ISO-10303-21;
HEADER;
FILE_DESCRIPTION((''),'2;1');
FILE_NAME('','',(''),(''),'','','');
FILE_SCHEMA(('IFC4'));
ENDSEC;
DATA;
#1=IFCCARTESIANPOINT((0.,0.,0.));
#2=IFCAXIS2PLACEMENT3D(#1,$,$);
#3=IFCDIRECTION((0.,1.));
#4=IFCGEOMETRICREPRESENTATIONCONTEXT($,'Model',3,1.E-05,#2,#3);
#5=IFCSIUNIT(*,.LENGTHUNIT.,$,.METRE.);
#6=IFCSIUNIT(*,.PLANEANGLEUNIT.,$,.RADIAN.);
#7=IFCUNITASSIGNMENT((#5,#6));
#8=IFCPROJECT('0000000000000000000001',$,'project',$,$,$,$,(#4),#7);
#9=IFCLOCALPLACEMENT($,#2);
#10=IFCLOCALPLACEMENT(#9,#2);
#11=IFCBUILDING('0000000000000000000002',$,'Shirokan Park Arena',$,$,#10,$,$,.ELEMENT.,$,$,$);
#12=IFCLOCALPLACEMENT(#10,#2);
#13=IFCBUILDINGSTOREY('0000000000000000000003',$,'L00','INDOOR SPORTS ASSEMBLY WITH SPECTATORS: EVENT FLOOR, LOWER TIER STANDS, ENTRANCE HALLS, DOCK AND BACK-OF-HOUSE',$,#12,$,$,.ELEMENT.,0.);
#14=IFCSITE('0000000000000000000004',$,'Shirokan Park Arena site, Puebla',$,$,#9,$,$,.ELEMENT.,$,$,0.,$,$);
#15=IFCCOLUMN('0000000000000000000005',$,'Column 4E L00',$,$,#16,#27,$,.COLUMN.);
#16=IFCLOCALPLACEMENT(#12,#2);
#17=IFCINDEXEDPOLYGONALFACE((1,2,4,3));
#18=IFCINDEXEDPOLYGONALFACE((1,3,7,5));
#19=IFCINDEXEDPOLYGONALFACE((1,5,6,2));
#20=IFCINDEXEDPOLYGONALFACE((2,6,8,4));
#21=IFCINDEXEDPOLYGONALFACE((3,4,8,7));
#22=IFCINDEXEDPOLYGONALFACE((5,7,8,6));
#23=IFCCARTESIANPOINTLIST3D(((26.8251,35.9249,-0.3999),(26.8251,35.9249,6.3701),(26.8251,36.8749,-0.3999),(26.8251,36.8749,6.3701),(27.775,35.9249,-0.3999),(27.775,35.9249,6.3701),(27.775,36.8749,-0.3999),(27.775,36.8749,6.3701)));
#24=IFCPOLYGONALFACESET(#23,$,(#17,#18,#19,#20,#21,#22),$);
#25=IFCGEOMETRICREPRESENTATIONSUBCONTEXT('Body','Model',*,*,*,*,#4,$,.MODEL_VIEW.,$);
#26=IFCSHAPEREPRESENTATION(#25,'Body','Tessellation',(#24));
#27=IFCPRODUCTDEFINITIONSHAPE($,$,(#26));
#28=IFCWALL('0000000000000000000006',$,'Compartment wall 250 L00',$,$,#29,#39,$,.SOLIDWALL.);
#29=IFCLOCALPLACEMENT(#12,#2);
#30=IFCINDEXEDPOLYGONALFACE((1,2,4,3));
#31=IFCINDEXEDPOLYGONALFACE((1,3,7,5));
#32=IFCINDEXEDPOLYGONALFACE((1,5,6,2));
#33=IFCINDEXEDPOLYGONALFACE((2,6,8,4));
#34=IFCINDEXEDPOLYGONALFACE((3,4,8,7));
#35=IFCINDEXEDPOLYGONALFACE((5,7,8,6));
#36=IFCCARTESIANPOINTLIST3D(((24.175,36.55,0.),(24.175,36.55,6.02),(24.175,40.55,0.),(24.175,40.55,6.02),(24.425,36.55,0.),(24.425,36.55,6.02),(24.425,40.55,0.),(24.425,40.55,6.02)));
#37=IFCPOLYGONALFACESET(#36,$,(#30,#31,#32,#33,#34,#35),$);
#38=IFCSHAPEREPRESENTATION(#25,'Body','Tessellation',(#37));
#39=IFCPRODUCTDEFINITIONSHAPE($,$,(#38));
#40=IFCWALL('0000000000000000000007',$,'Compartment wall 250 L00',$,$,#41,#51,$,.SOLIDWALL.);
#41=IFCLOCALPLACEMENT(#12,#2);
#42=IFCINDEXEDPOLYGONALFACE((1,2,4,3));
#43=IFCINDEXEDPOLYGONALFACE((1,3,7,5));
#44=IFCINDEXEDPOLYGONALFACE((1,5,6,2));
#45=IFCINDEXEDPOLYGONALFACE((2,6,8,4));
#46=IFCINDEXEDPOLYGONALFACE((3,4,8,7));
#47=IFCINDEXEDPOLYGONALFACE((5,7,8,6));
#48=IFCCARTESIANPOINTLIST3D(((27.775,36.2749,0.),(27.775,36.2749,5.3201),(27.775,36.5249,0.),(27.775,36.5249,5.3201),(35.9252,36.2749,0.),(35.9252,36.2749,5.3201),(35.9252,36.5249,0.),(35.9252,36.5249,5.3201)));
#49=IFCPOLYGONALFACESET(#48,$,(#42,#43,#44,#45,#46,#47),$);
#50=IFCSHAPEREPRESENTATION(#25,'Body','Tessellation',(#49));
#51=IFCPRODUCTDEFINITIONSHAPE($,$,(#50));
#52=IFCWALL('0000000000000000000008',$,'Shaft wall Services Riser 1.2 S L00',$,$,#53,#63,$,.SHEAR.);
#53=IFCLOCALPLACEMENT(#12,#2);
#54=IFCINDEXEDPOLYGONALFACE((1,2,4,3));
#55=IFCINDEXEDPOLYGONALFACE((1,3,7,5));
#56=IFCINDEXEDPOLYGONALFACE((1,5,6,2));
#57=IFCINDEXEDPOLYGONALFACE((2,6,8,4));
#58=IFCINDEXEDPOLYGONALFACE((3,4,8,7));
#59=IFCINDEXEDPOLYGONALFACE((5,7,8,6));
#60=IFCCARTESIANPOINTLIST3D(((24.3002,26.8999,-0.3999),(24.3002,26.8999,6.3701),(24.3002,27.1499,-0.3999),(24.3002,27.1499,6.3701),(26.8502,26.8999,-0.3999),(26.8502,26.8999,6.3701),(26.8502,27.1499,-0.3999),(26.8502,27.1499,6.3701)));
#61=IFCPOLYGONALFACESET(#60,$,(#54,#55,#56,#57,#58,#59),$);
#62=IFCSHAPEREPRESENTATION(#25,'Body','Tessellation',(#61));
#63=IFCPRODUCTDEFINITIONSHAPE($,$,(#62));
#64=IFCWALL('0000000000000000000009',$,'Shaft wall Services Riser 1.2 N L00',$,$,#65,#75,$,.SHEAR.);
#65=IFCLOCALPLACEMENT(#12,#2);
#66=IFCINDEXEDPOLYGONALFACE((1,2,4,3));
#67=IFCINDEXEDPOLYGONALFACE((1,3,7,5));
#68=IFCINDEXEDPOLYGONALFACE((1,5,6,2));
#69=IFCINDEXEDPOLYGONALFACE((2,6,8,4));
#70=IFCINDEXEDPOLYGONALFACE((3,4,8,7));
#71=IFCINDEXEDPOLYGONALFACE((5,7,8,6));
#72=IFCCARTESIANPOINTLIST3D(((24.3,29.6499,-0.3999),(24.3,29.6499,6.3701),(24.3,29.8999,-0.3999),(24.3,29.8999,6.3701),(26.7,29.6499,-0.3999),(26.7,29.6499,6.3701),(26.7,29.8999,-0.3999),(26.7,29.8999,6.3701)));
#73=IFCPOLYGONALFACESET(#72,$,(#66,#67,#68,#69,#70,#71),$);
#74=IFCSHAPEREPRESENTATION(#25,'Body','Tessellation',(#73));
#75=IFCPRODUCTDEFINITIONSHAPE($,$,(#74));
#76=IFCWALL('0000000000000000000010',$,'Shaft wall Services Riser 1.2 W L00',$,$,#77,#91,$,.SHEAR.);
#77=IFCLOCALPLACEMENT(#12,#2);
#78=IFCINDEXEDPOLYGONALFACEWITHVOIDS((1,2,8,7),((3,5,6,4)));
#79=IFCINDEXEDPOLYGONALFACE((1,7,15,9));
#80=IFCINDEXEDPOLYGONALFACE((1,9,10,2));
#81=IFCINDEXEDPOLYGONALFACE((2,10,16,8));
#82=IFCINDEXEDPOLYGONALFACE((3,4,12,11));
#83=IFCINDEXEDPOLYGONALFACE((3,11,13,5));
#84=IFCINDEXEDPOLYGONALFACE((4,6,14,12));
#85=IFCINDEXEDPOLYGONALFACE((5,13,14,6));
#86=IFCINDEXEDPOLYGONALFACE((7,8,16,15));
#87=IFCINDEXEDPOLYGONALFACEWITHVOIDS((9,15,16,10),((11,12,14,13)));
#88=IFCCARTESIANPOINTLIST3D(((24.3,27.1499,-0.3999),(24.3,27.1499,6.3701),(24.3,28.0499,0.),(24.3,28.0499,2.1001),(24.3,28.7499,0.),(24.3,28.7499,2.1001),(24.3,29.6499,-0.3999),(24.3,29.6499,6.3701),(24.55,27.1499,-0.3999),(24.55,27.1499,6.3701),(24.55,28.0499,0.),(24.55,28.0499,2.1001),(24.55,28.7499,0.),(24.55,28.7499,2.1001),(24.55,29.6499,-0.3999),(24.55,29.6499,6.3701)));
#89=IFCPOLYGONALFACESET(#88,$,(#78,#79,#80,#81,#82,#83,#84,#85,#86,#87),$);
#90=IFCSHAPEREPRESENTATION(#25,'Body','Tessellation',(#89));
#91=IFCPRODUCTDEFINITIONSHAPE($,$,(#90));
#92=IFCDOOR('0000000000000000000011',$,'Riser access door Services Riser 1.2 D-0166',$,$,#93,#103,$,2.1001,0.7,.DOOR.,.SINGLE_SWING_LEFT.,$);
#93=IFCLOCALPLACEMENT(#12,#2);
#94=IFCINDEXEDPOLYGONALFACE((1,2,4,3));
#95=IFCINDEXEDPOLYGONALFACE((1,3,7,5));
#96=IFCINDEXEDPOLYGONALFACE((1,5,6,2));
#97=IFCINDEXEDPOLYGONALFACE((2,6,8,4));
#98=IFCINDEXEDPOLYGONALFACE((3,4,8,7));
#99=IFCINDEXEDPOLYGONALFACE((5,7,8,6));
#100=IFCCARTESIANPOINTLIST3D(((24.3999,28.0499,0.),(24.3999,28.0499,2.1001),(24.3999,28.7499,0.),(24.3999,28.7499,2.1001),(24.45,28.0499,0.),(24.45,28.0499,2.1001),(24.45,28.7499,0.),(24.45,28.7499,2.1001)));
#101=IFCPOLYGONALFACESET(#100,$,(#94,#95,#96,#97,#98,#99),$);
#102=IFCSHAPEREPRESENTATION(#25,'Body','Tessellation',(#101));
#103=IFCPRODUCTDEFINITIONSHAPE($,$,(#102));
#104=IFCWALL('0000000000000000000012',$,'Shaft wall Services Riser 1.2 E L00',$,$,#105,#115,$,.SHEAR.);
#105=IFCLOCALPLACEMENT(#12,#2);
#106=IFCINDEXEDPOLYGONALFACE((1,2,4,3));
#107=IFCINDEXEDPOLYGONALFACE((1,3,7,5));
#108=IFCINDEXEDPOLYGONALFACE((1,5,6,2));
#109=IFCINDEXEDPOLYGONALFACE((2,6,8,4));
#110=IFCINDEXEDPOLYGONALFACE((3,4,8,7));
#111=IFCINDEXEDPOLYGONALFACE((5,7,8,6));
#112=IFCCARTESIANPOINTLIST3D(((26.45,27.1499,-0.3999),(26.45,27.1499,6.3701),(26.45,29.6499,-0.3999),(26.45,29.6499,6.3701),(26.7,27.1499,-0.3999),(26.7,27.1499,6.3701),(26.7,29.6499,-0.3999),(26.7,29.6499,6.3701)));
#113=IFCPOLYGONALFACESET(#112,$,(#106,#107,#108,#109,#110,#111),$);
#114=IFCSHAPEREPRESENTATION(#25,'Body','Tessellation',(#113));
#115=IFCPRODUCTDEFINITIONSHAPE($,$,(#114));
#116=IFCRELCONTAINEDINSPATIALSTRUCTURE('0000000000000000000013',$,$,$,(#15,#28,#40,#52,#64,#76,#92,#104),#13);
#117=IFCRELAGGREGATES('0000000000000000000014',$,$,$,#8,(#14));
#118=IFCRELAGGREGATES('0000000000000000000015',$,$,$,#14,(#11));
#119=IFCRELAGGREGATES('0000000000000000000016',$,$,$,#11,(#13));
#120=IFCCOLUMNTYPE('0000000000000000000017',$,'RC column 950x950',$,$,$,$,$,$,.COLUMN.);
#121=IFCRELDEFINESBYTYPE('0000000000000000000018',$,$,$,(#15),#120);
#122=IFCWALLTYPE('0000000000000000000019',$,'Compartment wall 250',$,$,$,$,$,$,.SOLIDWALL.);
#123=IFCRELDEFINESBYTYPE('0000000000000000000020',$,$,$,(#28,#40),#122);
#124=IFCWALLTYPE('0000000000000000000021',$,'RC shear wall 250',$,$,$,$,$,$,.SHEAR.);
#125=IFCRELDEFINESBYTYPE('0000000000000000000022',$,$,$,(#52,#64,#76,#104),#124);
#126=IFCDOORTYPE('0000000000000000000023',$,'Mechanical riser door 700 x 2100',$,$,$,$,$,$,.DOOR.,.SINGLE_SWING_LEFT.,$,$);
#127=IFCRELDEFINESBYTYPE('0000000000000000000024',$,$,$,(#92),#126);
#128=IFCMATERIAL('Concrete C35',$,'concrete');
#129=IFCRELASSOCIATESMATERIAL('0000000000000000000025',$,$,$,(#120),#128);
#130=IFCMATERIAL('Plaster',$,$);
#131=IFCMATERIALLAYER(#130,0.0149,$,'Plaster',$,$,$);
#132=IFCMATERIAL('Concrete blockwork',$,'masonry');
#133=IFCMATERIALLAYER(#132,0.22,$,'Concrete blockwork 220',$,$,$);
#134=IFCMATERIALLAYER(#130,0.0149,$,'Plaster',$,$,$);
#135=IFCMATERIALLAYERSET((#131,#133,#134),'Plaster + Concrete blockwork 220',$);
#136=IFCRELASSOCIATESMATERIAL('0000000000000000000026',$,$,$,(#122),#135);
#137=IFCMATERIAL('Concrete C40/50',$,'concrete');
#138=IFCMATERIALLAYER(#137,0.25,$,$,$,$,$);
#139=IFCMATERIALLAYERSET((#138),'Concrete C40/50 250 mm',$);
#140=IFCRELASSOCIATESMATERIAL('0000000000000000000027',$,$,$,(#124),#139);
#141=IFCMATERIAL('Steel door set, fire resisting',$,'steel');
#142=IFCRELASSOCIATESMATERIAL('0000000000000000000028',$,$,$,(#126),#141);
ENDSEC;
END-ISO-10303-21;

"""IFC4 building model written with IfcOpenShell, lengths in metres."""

from ifc_helpers import new_model, si_unit, direction, frame, frame_2d, origin, origin_2d, place, context, subcontext, project, spatial, rectangle, extrude, material, layer, layer_set, material_profile, profile_set, type_object, element, fill, save


model = new_model("IFC4")

# Units and contexts
model_context = context("Model", 3, precision=1e-05, world=origin(), true_north=direction((0.0, 1.0)))
body_context = subcontext(model_context, "Body", "Model", "MODEL_VIEW")
ifc_project = project(units=[si_unit("LENGTHUNIT", "METRE"), si_unit("PLANEANGLEUNIT", "RADIAN")], contexts=[model_context])

# Site, building, storey
site_placement = place(None, origin())
site = spatial("IfcSite", under=ifc_project, at=site_placement, Name="Shirokan Park Arena site, Puebla", CompositionType="ELEMENT", RefElevation=0.0)
building_placement = place(site_placement, origin())
building = spatial("IfcBuilding", under=site, at=building_placement, Name="Shirokan Park Arena", CompositionType="ELEMENT")
storey_placement = place(building_placement, origin())
storey = spatial("IfcBuildingStorey", under=building, at=storey_placement, Name="L00", Description="INDOOR SPORTS ASSEMBLY WITH SPECTATORS: EVENT FLOOR, LOWER TIER STANDS, ENTRANCE HALLS, DOCK AND BACK-OF-HOUSE", CompositionType="ELEMENT", Elevation=0.0)

# Column
ifc_material_1 = material(Name="Concrete C35", Category="concrete")
ifc_material_profile_1 = material_profile(ifc_material_1, rectangle(XDim=0.95, YDim=0.95, at=origin_2d()), Name="950x950")
ifc_profile_set_1 = profile_set([ifc_material_profile_1], Name="Concrete C35")
column_type_1 = type_object("IfcColumnType", Name="RC column 950x950", PredefinedType="COLUMN", material=ifc_profile_set_1)
column_1_placement = place(storey_placement, frame((27.3, 36.3999, -0.3999), z_axis=(0.0, 0.0, 1.0), x_axis=(1.0, 0.0, 0.0)))
element("IfcColumn", 1, at=column_1_placement, inside=storey, type_object=column_type_1, Name="Column 4E L00", PredefinedType="COLUMN", context=body_context, shape_type="SweptSolid", body=[
    extrude(rectangle(XDim=0.95, YDim=0.95, at=origin_2d()), origin(), (0.0, 0.0, 1.0), 6.77),
])

# Walls
ifc_material_2 = material(Name="Plaster")
ifc_layer_1 = layer(ifc_material_2, 0.0149, Name="Plaster")
ifc_material_3 = material(Name="Concrete blockwork", Category="masonry")
ifc_layer_2 = layer(ifc_material_3, 0.22, Name="Concrete blockwork 220")
ifc_layer_3 = layer(ifc_material_2, 0.0149, Name="Plaster")
ifc_layer_set_1 = layer_set([ifc_layer_1, ifc_layer_2, ifc_layer_3], Name="Plaster + Concrete blockwork 220")
wall_type_1 = type_object("IfcWallType", Name="Compartment wall 250", PredefinedType="SOLIDWALL", material=ifc_layer_set_1)
wall_1_placement = place(storey_placement, frame((24.3, 40.55, 0.0), z_axis=(0.0, 0.0, 1.0), x_axis=(0.0, -1.0, 0.0)))
element("IfcWall", 2, at=wall_1_placement, inside=storey, type_object=wall_type_1, Name="Compartment wall 250 L00", PredefinedType="SOLIDWALL", context=body_context, shape_type="SweptSolid", body=[
    extrude(rectangle(XDim=4.0, YDim=0.25, at=frame_2d((2.0, 0.0))), origin(), (0.0, 0.0, 1.0), 6.02),
])
wall_2_placement = place(storey_placement, frame((27.7749, 36.3999, 0.0), z_axis=(0.0, 0.0, 1.0), x_axis=(1.0, 0.0, 0.0)))
element("IfcWall", 3, at=wall_2_placement, inside=storey, type_object=wall_type_1, Name="Compartment wall 250 L00", PredefinedType="SOLIDWALL", context=body_context, shape_type="SweptSolid", body=[
    extrude(rectangle(XDim=8.1501, YDim=0.25, at=frame_2d((4.0752, 0.0))), origin(), (0.0, 0.0, 1.0), 5.3201),
])
ifc_material_4 = material(Name="Concrete C40/50", Category="concrete")
ifc_layer_4 = layer(ifc_material_4, 0.25)
ifc_layer_set_2 = layer_set([ifc_layer_4], Name="Concrete C40/50 250 mm")
wall_type_2 = type_object("IfcWallType", Name="RC shear wall 250", PredefinedType="SHEAR", material=ifc_layer_set_2)
wall_3_placement = place(storey_placement, frame((26.8501, 27.0249, -0.3999), z_axis=(0.0, 0.0, 1.0), x_axis=(-1.0, 0.0, 0.0)))
element("IfcWall", 4, at=wall_3_placement, inside=storey, type_object=wall_type_2, Name="Shaft wall Services Riser 1.2 S L00", PredefinedType="SHEAR", context=body_context, shape_type="SweptSolid", body=[
    extrude(rectangle(XDim=2.55, YDim=0.25, at=frame_2d((1.2749, 0.0))), origin(), (0.0, 0.0, 1.0), 6.77),
])
wall_4_placement = place(storey_placement, frame((26.7, 29.7749, -0.3999), z_axis=(0.0, 0.0, 1.0), x_axis=(-1.0, 0.0, 0.0)))
element("IfcWall", 5, at=wall_4_placement, inside=storey, type_object=wall_type_2, Name="Shaft wall Services Riser 1.2 N L00", PredefinedType="SHEAR", context=body_context, shape_type="SweptSolid", body=[
    extrude(rectangle(XDim=2.3999, YDim=0.25, at=frame_2d((1.2, 0.0))), origin(), (0.0, 0.0, 1.0), 6.77),
])

# Wall, opening, door
wall_5_placement = place(storey_placement, frame((24.425, 29.6499, -0.3999), z_axis=(0.0, 0.0, 1.0), x_axis=(0.0, -1.0, 0.0)))
wall_5 = element("IfcWall", 6, at=wall_5_placement, inside=storey, type_object=wall_type_2, Name="Shaft wall Services Riser 1.2 W L00", PredefinedType="SHEAR", context=body_context, shape_type="SweptSolid", body=[
    extrude(rectangle(XDim=2.5, YDim=0.25, at=frame_2d((1.25, 0.0))), origin(), (0.0, 0.0, 1.0), 6.77),
])
opening_placement = place(wall_5_placement, frame((0.8999, 0.0, 0.3999)))
opening = element("IfcOpeningElement", 7, at=opening_placement, cuts=wall_5, PredefinedType="OPENING", context=body_context, shape_type="SweptSolid", body=[
    extrude(rectangle(XDim=0.7, YDim=2.1001, at=frame_2d((0.3501, 1.05))), frame((0.0, 0.135, 0.0), z_axis=(0.0, -1.0, 0.0), x_axis=(1.0, 0.0, 0.0)), (0.0, 0.0, 1.0), 0.27),
])
ifc_material_5 = material(Name="Steel door set, fire resisting", Category="steel")
door_type = type_object("IfcDoorType", Name="Mechanical riser door 700 x 2100", OperationType="SINGLE_SWING_LEFT", PredefinedType="DOOR", material=ifc_material_5)
door_placement = place(opening_placement, origin())
door = element("IfcDoor", 8, at=door_placement, inside=storey, type_object=door_type, Name="Riser access door Services Riser 1.2 D-0166", OperationType="SINGLE_SWING_LEFT", OverallHeight=2.1001, OverallWidth=0.7, PredefinedType="DOOR", context=body_context, shape_type="SweptSolid", body=[
    extrude(rectangle(XDim=0.7, YDim=2.1001, at=frame_2d((0.3501, 1.05))), frame((0.0, 0.0249, 0.0), z_axis=(0.0, -1.0, 0.0), x_axis=(1.0, 0.0, 0.0)), (0.0, 0.0, 1.0), 0.05),
])
fill(opening, door)

# Wall
wall_6_placement = place(storey_placement, frame((26.575, 29.6499, -0.3999), z_axis=(0.0, 0.0, 1.0), x_axis=(0.0, -1.0, 0.0)))
element("IfcWall", 9, at=wall_6_placement, inside=storey, type_object=wall_type_2, Name="Shaft wall Services Riser 1.2 E L00", PredefinedType="SHEAR", context=body_context, shape_type="SweptSolid", body=[
    extrude(rectangle(XDim=2.5, YDim=0.25, at=frame_2d((1.25, 0.0))), origin(), (0.0, 0.0, 1.0), 6.77),
])

save(model, "model.ifc")
